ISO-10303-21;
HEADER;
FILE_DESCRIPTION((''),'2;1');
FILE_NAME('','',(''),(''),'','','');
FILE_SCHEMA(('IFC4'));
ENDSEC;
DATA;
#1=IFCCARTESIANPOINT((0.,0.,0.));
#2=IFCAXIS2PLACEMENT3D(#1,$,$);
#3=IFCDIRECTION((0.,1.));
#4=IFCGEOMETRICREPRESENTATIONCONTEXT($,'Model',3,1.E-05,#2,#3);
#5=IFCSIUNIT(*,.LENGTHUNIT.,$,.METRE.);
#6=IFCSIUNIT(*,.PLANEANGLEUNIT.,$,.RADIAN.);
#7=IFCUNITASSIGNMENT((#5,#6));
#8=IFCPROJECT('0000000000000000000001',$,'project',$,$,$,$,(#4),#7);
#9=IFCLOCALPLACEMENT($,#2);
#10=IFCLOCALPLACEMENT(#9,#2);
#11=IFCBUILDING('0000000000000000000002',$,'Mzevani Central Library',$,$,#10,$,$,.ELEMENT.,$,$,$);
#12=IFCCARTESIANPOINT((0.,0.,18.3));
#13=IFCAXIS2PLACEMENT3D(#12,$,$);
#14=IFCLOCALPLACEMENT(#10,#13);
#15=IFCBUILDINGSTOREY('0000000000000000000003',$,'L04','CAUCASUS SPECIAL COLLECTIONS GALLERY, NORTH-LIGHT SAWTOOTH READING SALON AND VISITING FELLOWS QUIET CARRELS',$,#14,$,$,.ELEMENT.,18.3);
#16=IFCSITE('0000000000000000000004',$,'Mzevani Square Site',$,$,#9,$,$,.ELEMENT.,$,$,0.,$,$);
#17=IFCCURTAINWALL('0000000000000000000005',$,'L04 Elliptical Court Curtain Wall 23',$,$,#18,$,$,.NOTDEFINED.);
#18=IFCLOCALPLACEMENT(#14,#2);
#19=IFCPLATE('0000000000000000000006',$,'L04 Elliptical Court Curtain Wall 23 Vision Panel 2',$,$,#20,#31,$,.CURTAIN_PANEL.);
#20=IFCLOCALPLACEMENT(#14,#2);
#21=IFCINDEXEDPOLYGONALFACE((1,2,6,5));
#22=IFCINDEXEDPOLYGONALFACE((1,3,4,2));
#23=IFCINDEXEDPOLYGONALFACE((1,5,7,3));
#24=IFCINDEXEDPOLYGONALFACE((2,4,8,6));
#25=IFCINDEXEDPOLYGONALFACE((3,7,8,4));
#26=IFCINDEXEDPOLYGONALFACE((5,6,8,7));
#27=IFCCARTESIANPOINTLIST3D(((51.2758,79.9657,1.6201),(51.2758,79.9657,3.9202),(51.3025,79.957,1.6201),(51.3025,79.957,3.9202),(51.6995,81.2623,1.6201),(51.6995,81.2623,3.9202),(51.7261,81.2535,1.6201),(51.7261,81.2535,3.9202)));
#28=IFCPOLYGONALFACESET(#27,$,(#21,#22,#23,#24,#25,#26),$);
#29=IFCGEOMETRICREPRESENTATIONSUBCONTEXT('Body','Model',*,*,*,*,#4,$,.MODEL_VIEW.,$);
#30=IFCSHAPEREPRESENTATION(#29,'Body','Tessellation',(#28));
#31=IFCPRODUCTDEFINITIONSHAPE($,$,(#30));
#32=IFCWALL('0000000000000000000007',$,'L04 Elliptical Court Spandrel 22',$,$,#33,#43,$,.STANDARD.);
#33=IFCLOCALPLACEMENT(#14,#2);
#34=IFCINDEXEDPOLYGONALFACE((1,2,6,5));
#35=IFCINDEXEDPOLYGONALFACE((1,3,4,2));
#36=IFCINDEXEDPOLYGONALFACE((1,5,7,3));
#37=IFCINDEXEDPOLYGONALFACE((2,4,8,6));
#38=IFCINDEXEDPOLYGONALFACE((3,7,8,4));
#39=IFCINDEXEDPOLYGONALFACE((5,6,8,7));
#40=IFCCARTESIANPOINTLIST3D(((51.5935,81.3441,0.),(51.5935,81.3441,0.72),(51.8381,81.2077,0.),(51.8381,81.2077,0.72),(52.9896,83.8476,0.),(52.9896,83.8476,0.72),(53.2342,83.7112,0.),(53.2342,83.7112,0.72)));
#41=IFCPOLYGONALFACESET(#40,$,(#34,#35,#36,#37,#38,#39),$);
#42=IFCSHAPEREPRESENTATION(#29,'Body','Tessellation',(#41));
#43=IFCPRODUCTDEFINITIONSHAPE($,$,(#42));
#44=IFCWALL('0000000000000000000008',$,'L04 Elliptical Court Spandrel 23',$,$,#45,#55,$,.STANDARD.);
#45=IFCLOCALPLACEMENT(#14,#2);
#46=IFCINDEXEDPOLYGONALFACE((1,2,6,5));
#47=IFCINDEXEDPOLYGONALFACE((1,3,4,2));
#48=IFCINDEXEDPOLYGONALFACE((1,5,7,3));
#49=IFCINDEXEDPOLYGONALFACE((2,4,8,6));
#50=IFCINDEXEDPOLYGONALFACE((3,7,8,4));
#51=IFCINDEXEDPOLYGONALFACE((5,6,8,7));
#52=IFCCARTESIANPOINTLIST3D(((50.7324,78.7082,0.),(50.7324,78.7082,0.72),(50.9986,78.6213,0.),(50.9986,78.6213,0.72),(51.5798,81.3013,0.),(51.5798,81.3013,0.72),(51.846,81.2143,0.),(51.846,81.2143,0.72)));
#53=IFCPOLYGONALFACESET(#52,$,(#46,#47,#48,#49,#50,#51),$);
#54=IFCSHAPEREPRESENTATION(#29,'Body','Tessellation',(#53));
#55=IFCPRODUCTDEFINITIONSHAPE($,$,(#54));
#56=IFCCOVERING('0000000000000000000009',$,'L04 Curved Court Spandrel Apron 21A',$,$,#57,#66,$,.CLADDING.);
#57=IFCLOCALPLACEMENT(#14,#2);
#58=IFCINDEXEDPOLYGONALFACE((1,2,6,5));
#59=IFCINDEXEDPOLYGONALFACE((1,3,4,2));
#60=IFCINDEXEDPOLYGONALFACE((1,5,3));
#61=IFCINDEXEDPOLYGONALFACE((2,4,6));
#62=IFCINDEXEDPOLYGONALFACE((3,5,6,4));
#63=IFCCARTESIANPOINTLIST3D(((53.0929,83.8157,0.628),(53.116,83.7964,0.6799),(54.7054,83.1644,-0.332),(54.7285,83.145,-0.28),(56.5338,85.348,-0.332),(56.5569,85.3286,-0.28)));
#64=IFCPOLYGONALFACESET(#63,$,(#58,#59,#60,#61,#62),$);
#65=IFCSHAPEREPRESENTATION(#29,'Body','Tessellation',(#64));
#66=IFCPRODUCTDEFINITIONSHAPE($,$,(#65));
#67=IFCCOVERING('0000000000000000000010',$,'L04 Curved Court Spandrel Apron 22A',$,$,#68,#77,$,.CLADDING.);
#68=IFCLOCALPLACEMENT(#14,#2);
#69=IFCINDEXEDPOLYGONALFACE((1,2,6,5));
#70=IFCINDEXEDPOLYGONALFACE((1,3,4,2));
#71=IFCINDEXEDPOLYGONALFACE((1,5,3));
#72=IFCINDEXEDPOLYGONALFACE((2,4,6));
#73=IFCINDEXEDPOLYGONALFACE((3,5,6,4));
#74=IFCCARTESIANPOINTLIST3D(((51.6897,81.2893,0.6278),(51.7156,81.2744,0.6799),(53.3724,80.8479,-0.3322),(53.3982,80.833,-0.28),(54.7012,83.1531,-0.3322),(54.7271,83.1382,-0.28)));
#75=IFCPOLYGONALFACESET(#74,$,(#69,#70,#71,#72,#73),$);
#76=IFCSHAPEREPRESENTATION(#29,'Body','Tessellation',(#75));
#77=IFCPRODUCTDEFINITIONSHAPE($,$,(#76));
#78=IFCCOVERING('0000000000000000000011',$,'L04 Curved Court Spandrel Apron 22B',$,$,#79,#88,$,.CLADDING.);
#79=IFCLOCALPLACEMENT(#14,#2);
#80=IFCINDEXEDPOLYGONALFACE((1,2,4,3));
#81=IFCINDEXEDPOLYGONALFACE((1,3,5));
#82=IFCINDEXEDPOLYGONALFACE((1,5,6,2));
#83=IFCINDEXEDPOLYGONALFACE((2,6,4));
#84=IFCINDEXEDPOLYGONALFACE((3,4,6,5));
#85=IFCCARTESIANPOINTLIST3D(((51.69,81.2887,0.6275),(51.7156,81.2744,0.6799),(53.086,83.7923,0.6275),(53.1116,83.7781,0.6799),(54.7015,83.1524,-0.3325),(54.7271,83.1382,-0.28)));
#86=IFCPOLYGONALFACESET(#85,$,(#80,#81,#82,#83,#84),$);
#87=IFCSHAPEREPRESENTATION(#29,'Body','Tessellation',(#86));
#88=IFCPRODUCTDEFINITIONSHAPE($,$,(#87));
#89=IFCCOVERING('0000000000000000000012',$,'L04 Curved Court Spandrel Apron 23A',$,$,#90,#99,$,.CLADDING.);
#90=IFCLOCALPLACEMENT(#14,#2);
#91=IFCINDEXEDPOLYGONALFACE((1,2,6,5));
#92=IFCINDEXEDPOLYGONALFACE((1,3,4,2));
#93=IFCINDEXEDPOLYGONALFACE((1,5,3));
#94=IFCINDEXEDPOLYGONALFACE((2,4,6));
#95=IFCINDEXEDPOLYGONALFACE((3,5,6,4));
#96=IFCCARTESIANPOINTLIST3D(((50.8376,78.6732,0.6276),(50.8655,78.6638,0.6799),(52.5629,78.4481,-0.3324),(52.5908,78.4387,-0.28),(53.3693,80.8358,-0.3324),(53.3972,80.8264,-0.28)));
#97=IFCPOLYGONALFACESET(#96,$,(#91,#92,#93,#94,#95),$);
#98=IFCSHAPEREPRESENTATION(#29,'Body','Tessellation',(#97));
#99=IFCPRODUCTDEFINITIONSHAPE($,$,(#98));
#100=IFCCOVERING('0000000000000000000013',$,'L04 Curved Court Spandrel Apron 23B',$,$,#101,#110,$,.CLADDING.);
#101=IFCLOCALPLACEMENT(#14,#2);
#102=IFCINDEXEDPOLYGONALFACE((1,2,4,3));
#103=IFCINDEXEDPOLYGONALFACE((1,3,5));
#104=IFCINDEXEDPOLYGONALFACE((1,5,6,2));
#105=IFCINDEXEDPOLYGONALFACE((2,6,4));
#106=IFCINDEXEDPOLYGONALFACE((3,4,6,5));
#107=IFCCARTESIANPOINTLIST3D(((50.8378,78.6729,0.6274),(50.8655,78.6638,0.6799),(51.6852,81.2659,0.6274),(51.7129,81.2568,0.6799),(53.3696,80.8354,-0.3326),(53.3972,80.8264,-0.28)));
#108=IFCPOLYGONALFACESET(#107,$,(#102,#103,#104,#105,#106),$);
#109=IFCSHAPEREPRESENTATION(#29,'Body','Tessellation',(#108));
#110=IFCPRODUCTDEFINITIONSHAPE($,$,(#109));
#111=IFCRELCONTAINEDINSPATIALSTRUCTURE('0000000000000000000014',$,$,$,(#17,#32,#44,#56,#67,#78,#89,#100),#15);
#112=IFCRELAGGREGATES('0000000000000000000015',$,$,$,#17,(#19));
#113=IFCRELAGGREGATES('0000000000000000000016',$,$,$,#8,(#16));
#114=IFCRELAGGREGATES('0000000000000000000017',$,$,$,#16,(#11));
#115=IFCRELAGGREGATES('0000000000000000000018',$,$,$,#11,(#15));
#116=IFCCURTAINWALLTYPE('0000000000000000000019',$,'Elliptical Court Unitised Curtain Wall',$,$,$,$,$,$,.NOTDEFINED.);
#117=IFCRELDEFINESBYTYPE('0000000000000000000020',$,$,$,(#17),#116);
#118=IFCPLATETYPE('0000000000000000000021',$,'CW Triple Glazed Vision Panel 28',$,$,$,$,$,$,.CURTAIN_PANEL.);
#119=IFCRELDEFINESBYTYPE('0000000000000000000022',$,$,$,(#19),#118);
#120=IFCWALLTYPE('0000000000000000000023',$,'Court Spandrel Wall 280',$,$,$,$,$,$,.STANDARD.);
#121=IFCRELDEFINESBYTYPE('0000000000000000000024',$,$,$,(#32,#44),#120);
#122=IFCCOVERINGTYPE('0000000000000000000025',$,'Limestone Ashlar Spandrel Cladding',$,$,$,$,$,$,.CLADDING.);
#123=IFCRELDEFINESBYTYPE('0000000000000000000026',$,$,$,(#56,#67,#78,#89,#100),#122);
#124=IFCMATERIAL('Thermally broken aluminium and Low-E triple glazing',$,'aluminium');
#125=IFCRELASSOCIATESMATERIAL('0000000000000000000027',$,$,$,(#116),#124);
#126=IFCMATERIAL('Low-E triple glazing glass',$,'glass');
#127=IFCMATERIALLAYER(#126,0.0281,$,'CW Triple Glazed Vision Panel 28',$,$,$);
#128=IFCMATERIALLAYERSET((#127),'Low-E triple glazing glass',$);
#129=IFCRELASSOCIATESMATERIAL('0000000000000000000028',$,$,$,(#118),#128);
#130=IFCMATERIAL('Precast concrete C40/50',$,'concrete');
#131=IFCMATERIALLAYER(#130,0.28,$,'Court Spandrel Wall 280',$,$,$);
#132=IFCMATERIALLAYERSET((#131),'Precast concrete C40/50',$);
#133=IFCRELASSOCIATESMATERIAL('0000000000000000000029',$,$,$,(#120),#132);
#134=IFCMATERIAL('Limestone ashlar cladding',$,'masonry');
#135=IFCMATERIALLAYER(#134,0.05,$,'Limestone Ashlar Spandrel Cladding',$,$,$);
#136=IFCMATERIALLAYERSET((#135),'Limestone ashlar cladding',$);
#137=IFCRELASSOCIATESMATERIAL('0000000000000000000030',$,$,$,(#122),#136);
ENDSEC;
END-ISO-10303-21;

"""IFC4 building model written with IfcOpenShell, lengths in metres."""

from ifc_helpers import new_model, si_unit, direction, frame, frame_2d, origin, origin_2d, place, context, subcontext, project, spatial, polyline, rectangle, outline, extrude, material, layer, layer_set, type_object, element, aggregate, save


model = new_model("IFC4")

# Units and contexts
model_context = context("Model", 3, precision=1e-05, world=origin(), true_north=direction((0.0, 1.0)))
body_context = subcontext(model_context, "Body", "Model", "MODEL_VIEW")
ifc_project = project(units=[si_unit("LENGTHUNIT", "METRE"), si_unit("PLANEANGLEUNIT", "RADIAN")], contexts=[model_context])

# Site, building, storey
site_placement = place(None, origin())
site = spatial("IfcSite", under=ifc_project, at=site_placement, Name="Mzevani Square Site", CompositionType="ELEMENT", RefElevation=0.0)
building_placement = place(site_placement, origin())
building = spatial("IfcBuilding", under=site, at=building_placement, Name="Mzevani Central Library", CompositionType="ELEMENT")
storey_placement = place(building_placement, frame((0.0, 0.0, 18.3)))
storey = spatial("IfcBuildingStorey", under=building, at=storey_placement, Name="L04", Description="CAUCASUS SPECIAL COLLECTIONS GALLERY, NORTH-LIGHT SAWTOOTH READING SALON AND VISITING FELLOWS QUIET CARRELS", CompositionType="ELEMENT", Elevation=18.3)

# Shared definitions
ifc_material_1 = material(Name="Thermally broken aluminium and Low-E triple glazing", Category="aluminium")
curtain_wall_type_1 = type_object("IfcCurtainWallType", Name="Elliptical Court Unitised Curtain Wall", PredefinedType="NOTDEFINED", material=ifc_material_1)

# Curtain wall
curtain_wall_1_placement = place(storey_placement, origin())
curtain_wall_1 = element("IfcCurtainWall", 1, at=curtain_wall_1_placement, inside=storey, type_object=curtain_wall_type_1, Name="L04 Elliptical Court Curtain Wall 23", PredefinedType="NOTDEFINED")

# Plate
ifc_material_2 = material(Name="Low-E triple glazing glass", Category="glass")
ifc_layer_1 = layer(ifc_material_2, 0.0281, Name="CW Triple Glazed Vision Panel 28")
ifc_layer_set_1 = layer_set([ifc_layer_1], Name="Low-E triple glazing glass")
plate_type_1 = type_object("IfcPlateType", Name="CW Triple Glazed Vision Panel 28", PredefinedType="CURTAIN_PANEL", material=ifc_layer_set_1)
plate_1_placement = place(storey_placement, frame((51.501, 80.6096, 1.6201), z_axis=(0.0, 0.0, 1.0), x_axis=(-0.310592, -0.950543, 0.0)))
plate_1 = element("IfcPlate", 2, at=plate_1_placement, type_object=plate_type_1, Name="L04 Elliptical Court Curtain Wall 23 Vision Panel 2", PredefinedType="CURTAIN_PANEL", context=body_context, shape_type="SweptSolid", body=[
    extrude(rectangle(XDim=1.364, YDim=0.0281, at=origin_2d()), origin(), (0.0, 0.0, 1.0), 2.3),
])
aggregate(curtain_wall_1, [plate_1])

# Walls
ifc_material_3 = material(Name="Precast concrete C40/50", Category="concrete")
ifc_layer_2 = layer(ifc_material_3, 0.28, Name="Court Spandrel Wall 280")
ifc_layer_set_2 = layer_set([ifc_layer_2], Name="Precast concrete C40/50")
wall_type = type_object("IfcWallType", Name="Court Spandrel Wall 280", PredefinedType="STANDARD", material=ifc_layer_set_2)
wall_1_placement = place(storey_placement, frame((53.1118, 83.7793, 0.0), z_axis=(0.0, 0.0, 1.0), x_axis=(-0.487031, -0.873385, 0.0)))
element("IfcWall", 3, at=wall_1_placement, inside=storey, type_object=wall_type, Name="L04 Elliptical Court Spandrel 22", PredefinedType="STANDARD", context=body_context, shape_type="SweptSolid", body=[
    extrude(rectangle(XDim=2.8665, YDim=0.28, at=frame_2d((1.4331, 0.0))), origin(), (0.0, 0.0, 1.0), 0.72),
])
wall_2_placement = place(storey_placement, frame((51.7129, 81.2578, 0.0), z_axis=(0.0, 0.0, 1.0), x_axis=(-0.310638, -0.950528, 0.0)))
element("IfcWall", 4, at=wall_2_placement, inside=storey, type_object=wall_type, Name="L04 Elliptical Court Spandrel 23", PredefinedType="STANDARD", context=body_context, shape_type="SweptSolid", body=[
    extrude(rectangle(XDim=2.728, YDim=0.28, at=frame_2d((1.364, 0.0))), origin(), (0.0, 0.0, 1.0), 0.72),
])

# Coverings
ifc_material_4 = material(Name="Limestone ashlar cladding", Category="masonry")
ifc_layer_3 = layer(ifc_material_4, 0.05, Name="Limestone Ashlar Spandrel Cladding")
ifc_layer_set_3 = layer_set([ifc_layer_3], Name="Limestone ashlar cladding")
covering_type = type_object("IfcCoveringType", Name="Limestone Ashlar Spandrel Cladding", PredefinedType="CLADDING", material=ifc_layer_set_3)
covering_1_placement = place(storey_placement, frame((56.5569, 85.3286, -0.28), z_axis=(0.384774, -0.322179, 0.864956), x_axis=(-0.641987, -0.766715, 0.0)))
element("IfcCovering", 5, at=covering_1_placement, inside=storey, type_object=covering_type, Name="L04 Curved Court Spandrel Apron 21A", PredefinedType="CLADDING", context=body_context, shape_type="SweptSolid", body=[
    extrude(outline(polyline([(0.0, 0.0), (2.848, 0.0), (3.3838, -1.9129), (0.0, 0.0)])), origin(), (0.0, 0.0, -1.0), 0.0601),
])
covering_2_placement = place(storey_placement, frame((54.7271, 83.1382, -0.28), z_axis=(0.430168, -0.247978, 0.868022), x_axis=(-0.499426, -0.866357, 0.0)))
element("IfcCovering", 6, at=covering_2_placement, inside=storey, type_object=covering_type, Name="L04 Curved Court Spandrel Apron 22A", PredefinedType="CLADDING", context=body_context, shape_type="SweptSolid", body=[
    extrude(outline(polyline([(0.0, 0.0), (2.6608, 0.0), (3.1187, -1.9334), (0.0, 0.0)])), origin(), (0.0, 0.0, -1.0), 0.0601),
])
covering_3_placement = place(storey_placement, frame((54.7271, 83.1382, -0.28), z_axis=(0.425166, -0.237065, 0.873518), x_axis=(-0.82071, -0.507929, 0.261616)))
element("IfcCovering", 7, at=covering_3_placement, inside=storey, type_object=covering_type, Name="L04 Curved Court Spandrel Apron 22B", PredefinedType="CLADDING", context=body_context, shape_type="SweptSolid", body=[
    extrude(outline(polyline([(0.0, 0.0), (3.6694, 0.0), (1.252, -1.5406), (0.0, 0.0)])), origin(), (0.0, 0.0, -1.0), 0.0601),
])
covering_4_placement = place(storey_placement, frame((53.3972, 80.8264, -0.28), z_axis=(0.464473, -0.156867, 0.871583), x_axis=(-0.319974, -0.947426, 0.0)))
element("IfcCovering", 8, at=covering_4_placement, inside=storey, type_object=covering_type, Name="L04 Curved Court Spandrel Apron 23A", PredefinedType="CLADDING", context=body_context, shape_type="SweptSolid", body=[
    extrude(outline(polyline([(0.0, 0.0), (2.5202, 0.0), (2.859, -1.9581), (0.0, 0.0)])), origin(), (0.0, 0.0, -1.0), 0.0601),
])
covering_5_placement = place(storey_placement, frame((53.3972, 80.8264, -0.28), z_axis=(0.460238, -0.150408, 0.874962), x_axis=(-0.730605, -0.624079, 0.277024)))
element("IfcCovering", 9, at=covering_5_placement, inside=storey, type_object=covering_type, Name="L04 Curved Court Spandrel Apron 23B", PredefinedType="CLADDING", context=body_context, shape_type="SweptSolid", body=[
    extrude(outline(polyline([(0.0, 0.0), (3.4653, 0.0), (1.2279, -1.5608), (0.0, 0.0)])), origin(), (0.0, 0.0, -1.0), 0.0601),
])

save(model, "model.ifc")
